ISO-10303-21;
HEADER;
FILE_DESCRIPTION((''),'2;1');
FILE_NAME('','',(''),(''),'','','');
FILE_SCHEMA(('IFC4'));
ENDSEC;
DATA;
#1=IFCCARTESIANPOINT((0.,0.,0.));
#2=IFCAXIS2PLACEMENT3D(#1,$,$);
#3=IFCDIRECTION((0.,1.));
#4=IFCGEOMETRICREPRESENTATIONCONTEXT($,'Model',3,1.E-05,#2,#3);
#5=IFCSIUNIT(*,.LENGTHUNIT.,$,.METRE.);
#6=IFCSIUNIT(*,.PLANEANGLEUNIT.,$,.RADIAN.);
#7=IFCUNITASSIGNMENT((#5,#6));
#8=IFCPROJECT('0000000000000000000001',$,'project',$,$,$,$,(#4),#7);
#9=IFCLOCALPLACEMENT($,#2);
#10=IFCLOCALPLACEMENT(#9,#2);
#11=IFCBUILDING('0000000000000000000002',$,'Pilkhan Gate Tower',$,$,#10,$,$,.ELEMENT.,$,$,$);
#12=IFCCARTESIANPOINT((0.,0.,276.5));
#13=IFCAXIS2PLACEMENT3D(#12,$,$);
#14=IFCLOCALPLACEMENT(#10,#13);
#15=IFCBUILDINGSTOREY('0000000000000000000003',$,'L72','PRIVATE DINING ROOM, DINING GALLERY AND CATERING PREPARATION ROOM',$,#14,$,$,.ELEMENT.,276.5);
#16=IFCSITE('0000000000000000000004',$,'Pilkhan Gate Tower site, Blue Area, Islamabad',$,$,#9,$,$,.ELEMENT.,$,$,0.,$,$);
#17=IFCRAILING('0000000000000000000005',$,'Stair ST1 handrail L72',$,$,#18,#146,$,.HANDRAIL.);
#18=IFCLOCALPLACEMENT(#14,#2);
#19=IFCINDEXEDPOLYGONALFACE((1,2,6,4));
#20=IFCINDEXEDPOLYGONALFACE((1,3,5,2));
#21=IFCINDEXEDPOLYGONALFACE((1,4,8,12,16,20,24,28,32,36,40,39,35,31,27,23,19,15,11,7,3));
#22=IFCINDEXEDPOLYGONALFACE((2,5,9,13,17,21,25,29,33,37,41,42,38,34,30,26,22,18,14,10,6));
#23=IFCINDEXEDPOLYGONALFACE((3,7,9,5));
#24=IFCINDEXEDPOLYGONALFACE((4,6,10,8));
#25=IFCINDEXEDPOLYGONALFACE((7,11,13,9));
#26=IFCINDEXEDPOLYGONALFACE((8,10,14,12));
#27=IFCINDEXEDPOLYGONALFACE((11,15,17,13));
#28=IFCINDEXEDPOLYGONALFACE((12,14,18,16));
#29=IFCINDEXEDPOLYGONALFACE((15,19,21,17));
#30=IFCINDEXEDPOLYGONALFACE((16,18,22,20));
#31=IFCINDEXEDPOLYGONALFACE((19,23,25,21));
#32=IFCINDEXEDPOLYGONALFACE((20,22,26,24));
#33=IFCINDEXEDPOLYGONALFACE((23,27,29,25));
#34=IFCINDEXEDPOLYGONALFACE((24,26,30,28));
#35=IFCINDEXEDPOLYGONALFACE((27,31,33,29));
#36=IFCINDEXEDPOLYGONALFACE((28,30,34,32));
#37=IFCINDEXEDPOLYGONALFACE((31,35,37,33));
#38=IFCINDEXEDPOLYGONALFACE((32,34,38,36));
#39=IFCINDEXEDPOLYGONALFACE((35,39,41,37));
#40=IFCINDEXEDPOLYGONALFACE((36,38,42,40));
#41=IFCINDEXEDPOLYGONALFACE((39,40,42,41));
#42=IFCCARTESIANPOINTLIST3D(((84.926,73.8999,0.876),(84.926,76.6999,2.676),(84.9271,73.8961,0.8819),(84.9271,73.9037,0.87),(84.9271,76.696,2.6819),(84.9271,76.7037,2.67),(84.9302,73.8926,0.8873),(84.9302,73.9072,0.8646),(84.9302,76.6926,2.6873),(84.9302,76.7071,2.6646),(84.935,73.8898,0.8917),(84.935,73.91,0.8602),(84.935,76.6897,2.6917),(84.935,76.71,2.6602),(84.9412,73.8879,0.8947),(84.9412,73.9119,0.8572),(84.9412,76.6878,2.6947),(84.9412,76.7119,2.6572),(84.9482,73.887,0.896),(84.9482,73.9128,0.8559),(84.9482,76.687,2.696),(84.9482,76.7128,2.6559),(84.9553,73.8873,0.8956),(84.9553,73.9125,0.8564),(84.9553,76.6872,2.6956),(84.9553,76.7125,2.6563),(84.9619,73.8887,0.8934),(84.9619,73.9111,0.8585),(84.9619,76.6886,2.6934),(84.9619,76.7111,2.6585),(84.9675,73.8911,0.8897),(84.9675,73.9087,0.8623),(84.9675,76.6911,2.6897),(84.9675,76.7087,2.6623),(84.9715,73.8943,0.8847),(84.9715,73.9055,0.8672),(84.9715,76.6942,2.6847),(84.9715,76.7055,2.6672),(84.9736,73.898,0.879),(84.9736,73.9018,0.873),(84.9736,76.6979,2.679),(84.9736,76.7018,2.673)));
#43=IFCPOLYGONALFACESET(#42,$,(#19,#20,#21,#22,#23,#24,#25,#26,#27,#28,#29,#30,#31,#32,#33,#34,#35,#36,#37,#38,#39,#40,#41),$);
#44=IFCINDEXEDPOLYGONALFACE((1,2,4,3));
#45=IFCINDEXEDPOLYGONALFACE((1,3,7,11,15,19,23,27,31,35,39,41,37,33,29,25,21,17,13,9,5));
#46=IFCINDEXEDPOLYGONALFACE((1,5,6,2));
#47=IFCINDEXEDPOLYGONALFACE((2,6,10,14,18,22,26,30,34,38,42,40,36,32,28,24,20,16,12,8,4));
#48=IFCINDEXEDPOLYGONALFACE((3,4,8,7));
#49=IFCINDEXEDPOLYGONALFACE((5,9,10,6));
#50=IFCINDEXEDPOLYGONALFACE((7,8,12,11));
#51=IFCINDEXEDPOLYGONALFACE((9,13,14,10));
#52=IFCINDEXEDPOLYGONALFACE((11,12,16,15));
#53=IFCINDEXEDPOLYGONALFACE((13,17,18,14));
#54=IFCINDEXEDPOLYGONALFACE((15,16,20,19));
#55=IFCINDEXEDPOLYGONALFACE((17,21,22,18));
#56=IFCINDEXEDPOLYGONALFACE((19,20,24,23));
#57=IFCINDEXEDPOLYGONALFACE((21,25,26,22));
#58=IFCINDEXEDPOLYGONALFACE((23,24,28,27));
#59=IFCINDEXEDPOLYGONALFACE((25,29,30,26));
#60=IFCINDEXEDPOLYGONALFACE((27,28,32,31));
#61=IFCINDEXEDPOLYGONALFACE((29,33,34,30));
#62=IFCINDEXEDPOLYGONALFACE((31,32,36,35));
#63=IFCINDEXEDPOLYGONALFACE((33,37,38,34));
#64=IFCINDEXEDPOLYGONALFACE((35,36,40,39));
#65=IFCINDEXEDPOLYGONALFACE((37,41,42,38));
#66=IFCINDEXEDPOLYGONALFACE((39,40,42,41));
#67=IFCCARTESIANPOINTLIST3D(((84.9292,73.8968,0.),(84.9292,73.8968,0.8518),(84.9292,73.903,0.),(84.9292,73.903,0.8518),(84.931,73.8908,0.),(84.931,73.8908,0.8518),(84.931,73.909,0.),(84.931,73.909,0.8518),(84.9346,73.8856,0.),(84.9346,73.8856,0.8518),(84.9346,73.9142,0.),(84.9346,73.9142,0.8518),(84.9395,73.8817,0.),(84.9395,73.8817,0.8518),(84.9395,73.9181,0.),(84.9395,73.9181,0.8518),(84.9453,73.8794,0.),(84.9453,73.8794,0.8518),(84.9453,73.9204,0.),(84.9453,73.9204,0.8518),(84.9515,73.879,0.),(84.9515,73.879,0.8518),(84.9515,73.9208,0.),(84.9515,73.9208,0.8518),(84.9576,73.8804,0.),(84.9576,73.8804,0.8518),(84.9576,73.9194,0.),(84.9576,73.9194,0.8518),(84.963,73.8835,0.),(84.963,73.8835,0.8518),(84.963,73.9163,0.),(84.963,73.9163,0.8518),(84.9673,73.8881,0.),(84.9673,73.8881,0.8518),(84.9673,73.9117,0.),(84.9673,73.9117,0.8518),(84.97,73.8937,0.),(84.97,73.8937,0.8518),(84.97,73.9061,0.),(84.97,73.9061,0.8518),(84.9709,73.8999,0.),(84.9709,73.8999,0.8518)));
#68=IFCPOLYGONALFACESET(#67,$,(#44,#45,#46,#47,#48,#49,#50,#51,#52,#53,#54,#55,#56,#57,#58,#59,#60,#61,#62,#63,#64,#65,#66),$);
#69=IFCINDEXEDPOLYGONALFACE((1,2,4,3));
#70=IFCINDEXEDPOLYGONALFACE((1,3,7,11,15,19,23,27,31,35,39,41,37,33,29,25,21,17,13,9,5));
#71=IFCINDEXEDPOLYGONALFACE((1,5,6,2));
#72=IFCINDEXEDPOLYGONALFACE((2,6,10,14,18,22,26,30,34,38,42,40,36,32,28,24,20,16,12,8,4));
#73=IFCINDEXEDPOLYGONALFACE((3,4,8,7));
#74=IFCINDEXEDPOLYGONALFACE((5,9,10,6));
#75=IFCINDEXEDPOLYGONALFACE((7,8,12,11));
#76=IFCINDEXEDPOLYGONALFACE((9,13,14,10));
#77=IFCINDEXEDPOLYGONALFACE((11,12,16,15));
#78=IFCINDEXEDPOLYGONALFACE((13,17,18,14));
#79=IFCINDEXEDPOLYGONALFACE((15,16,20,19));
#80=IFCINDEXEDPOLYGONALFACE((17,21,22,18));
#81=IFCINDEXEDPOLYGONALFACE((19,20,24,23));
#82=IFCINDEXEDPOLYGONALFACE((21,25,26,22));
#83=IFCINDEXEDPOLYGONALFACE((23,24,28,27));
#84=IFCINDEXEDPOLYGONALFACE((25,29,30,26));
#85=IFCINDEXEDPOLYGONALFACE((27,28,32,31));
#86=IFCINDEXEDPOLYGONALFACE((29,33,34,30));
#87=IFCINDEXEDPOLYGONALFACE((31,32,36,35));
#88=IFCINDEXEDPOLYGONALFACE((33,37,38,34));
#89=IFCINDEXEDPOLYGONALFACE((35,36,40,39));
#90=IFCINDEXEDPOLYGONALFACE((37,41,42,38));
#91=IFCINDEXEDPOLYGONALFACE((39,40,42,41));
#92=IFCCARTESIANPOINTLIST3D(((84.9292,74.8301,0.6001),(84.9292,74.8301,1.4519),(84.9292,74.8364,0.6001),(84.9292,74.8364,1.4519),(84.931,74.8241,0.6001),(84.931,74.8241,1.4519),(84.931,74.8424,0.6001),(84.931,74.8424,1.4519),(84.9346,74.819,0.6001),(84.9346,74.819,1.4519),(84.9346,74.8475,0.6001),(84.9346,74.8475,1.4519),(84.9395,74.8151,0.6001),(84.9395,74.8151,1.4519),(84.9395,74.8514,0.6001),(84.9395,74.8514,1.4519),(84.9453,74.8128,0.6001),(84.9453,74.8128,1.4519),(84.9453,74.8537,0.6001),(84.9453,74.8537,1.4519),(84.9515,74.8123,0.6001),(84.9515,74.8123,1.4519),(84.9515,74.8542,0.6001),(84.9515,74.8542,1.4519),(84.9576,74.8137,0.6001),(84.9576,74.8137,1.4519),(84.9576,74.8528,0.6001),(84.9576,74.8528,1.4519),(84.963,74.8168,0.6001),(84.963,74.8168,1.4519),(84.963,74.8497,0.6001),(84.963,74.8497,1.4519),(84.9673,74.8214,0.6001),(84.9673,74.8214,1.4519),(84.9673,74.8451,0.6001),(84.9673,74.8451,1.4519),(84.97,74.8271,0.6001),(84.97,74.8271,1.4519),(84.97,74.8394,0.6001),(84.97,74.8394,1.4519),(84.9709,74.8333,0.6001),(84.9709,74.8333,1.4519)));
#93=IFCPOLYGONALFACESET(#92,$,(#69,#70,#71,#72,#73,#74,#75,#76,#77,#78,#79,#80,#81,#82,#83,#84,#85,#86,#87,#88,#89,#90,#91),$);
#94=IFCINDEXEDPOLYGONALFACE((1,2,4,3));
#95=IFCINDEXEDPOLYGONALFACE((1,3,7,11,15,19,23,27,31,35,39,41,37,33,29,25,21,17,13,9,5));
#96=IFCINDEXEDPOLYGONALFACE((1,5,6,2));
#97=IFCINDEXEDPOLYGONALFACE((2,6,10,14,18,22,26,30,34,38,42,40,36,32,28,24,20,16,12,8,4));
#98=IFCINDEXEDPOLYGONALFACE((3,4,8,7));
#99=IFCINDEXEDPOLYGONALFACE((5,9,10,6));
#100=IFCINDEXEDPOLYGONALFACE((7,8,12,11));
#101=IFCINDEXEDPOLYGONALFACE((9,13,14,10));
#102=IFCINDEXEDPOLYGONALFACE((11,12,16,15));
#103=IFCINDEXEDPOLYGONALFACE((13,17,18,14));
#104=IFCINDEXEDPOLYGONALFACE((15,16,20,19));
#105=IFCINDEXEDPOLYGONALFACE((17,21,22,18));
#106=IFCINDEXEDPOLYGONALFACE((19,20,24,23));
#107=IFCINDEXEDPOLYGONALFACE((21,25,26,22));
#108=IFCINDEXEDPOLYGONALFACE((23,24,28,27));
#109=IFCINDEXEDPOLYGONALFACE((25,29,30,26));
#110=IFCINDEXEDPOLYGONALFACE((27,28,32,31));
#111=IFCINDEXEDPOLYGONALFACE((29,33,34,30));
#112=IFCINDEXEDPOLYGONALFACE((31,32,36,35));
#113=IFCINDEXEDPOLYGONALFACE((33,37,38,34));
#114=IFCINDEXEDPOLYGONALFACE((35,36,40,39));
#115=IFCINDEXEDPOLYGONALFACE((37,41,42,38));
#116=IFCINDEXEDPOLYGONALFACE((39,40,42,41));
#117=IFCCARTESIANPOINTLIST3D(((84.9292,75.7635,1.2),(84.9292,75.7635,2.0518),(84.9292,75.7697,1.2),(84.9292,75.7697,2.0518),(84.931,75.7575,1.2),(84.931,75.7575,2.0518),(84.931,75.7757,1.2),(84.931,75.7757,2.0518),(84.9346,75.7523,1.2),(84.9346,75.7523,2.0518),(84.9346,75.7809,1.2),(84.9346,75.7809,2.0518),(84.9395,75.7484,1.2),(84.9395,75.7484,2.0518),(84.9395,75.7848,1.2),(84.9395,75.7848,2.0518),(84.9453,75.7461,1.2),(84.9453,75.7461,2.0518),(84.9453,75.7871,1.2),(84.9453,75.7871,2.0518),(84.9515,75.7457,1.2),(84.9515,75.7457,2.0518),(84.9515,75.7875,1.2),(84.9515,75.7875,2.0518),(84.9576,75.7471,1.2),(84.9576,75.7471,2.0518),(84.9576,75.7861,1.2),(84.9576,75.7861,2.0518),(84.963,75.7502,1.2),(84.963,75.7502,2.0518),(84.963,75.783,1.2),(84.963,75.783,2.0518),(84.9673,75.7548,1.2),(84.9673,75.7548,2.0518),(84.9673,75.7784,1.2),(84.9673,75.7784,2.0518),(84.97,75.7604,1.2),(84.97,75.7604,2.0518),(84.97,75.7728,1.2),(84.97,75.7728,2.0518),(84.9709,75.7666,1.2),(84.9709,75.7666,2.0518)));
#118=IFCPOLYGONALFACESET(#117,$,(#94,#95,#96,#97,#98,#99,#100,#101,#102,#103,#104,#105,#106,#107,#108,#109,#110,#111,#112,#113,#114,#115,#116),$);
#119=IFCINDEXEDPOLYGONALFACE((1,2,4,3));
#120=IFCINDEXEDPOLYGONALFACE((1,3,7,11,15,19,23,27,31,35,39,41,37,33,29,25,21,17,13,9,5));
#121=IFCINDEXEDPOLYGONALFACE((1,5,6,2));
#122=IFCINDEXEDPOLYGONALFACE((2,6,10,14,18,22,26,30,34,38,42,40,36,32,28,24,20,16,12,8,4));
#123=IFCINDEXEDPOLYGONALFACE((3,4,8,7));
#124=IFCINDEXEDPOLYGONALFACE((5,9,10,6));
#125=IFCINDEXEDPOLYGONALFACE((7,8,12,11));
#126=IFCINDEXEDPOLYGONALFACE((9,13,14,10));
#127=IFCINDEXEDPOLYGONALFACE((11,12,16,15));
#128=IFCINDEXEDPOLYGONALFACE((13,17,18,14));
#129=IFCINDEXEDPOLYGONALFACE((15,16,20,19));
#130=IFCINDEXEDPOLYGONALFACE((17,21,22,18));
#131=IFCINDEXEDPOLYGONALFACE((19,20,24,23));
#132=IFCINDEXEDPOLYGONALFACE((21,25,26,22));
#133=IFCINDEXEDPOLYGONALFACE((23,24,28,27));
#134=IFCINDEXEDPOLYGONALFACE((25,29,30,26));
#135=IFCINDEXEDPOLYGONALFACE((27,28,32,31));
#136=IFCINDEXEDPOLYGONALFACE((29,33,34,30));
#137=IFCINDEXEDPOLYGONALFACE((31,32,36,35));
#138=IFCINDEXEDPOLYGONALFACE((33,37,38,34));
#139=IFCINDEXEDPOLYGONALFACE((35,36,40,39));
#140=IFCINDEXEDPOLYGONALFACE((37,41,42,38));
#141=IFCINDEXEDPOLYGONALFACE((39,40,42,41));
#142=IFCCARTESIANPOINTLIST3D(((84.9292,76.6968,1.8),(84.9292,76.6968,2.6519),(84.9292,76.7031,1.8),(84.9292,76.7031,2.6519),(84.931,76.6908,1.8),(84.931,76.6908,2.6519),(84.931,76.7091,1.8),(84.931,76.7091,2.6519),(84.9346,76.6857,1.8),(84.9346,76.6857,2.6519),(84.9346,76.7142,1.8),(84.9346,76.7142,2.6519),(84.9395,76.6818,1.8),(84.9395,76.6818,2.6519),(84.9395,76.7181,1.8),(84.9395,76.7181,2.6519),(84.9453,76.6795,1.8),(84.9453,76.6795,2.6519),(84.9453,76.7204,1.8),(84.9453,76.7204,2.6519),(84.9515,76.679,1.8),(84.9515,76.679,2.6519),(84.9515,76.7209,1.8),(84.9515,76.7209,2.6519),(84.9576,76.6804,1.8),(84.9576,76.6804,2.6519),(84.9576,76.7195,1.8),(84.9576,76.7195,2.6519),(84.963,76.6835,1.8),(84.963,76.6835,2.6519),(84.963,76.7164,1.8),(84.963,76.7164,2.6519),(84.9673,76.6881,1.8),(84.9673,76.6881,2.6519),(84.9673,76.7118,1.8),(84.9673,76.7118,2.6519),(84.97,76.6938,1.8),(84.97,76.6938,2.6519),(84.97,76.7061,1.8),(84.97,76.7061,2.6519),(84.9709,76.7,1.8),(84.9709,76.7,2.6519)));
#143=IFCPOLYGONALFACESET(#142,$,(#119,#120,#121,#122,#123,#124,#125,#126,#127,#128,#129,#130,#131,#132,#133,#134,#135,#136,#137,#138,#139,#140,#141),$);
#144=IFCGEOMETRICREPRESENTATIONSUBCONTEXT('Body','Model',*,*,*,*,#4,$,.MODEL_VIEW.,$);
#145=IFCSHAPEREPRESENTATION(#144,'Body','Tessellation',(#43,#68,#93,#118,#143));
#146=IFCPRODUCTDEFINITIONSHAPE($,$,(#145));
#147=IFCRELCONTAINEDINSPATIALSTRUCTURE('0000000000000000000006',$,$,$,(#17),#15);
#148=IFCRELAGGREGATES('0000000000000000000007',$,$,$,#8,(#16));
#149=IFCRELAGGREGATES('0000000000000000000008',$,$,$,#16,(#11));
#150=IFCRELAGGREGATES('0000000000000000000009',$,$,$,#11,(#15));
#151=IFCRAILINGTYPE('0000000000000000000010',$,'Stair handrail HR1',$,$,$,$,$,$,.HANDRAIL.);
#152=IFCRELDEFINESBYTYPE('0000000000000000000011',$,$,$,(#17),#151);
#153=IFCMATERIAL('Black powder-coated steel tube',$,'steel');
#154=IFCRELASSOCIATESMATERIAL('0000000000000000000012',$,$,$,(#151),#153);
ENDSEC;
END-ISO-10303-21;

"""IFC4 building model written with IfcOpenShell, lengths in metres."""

from ifc_helpers import new_model, si_unit, direction, frame, origin, origin_2d, place, context, subcontext, project, spatial, circle, extrude, material, type_object, element, save


model = new_model("IFC4")

# Units and contexts
model_context = context("Model", 3, precision=1e-05, world=origin(), true_north=direction((0.0, 1.0)))
body_context = subcontext(model_context, "Body", "Model", "MODEL_VIEW")
ifc_project = project(units=[si_unit("LENGTHUNIT", "METRE"), si_unit("PLANEANGLEUNIT", "RADIAN")], contexts=[model_context])

# Site, building, storey
site_placement = place(None, origin())
site = spatial("IfcSite", under=ifc_project, at=site_placement, Name="Pilkhan Gate Tower site, Blue Area, Islamabad", CompositionType="ELEMENT", RefElevation=0.0)
building_placement = place(site_placement, origin())
building = spatial("IfcBuilding", under=site, at=building_placement, Name="Pilkhan Gate Tower", CompositionType="ELEMENT")
storey_placement = place(building_placement, frame((0.0, 0.0, 276.5)))
storey = spatial("IfcBuildingStorey", under=building, at=storey_placement, Name="L72", Description="PRIVATE DINING ROOM, DINING GALLERY AND CATERING PREPARATION ROOM", CompositionType="ELEMENT", Elevation=276.5)

# Railing
ifc_material_1 = material(Name="Black powder-coated steel tube", Category="steel")
railing_type_1 = type_object("IfcRailingType", Name="Stair handrail HR1", PredefinedType="HANDRAIL", material=ifc_material_1)
railing_1_placement = place(storey_placement, frame((84.95, 73.8999, 0.0)))
element("IfcRailing", 1, at=railing_1_placement, inside=storey, type_object=railing_type_1, Name="Stair ST1 handrail L72", PredefinedType="HANDRAIL", context=body_context, shape_type="SweptSolid", body=[
    extrude(circle(Radius=0.0239, at=origin_2d()), frame((0.0, 0.0, 0.876), z_axis=(0.0, 0.841176, 0.540761), x_axis=(-1.0, 0.0, 0.0)), (0.0, 0.0, 1.0), 3.3286),
    extrude(circle(Radius=0.021, at=origin_2d()), origin(), (0.0, 0.0, 1.0), 0.8518),
    extrude(circle(Radius=0.021, at=origin_2d()), frame((0.0, 0.9333, 0.6001)), (0.0, 0.0, 1.0), 0.8518),
    extrude(circle(Radius=0.021, at=origin_2d()), frame((0.0, 1.8667, 1.2)), (0.0, 0.0, 1.0), 0.8518),
    extrude(circle(Radius=0.021, at=origin_2d()), frame((0.0, 2.8, 1.8)), (0.0, 0.0, 1.0), 0.8518),
])

save(model, "model.ifc")
